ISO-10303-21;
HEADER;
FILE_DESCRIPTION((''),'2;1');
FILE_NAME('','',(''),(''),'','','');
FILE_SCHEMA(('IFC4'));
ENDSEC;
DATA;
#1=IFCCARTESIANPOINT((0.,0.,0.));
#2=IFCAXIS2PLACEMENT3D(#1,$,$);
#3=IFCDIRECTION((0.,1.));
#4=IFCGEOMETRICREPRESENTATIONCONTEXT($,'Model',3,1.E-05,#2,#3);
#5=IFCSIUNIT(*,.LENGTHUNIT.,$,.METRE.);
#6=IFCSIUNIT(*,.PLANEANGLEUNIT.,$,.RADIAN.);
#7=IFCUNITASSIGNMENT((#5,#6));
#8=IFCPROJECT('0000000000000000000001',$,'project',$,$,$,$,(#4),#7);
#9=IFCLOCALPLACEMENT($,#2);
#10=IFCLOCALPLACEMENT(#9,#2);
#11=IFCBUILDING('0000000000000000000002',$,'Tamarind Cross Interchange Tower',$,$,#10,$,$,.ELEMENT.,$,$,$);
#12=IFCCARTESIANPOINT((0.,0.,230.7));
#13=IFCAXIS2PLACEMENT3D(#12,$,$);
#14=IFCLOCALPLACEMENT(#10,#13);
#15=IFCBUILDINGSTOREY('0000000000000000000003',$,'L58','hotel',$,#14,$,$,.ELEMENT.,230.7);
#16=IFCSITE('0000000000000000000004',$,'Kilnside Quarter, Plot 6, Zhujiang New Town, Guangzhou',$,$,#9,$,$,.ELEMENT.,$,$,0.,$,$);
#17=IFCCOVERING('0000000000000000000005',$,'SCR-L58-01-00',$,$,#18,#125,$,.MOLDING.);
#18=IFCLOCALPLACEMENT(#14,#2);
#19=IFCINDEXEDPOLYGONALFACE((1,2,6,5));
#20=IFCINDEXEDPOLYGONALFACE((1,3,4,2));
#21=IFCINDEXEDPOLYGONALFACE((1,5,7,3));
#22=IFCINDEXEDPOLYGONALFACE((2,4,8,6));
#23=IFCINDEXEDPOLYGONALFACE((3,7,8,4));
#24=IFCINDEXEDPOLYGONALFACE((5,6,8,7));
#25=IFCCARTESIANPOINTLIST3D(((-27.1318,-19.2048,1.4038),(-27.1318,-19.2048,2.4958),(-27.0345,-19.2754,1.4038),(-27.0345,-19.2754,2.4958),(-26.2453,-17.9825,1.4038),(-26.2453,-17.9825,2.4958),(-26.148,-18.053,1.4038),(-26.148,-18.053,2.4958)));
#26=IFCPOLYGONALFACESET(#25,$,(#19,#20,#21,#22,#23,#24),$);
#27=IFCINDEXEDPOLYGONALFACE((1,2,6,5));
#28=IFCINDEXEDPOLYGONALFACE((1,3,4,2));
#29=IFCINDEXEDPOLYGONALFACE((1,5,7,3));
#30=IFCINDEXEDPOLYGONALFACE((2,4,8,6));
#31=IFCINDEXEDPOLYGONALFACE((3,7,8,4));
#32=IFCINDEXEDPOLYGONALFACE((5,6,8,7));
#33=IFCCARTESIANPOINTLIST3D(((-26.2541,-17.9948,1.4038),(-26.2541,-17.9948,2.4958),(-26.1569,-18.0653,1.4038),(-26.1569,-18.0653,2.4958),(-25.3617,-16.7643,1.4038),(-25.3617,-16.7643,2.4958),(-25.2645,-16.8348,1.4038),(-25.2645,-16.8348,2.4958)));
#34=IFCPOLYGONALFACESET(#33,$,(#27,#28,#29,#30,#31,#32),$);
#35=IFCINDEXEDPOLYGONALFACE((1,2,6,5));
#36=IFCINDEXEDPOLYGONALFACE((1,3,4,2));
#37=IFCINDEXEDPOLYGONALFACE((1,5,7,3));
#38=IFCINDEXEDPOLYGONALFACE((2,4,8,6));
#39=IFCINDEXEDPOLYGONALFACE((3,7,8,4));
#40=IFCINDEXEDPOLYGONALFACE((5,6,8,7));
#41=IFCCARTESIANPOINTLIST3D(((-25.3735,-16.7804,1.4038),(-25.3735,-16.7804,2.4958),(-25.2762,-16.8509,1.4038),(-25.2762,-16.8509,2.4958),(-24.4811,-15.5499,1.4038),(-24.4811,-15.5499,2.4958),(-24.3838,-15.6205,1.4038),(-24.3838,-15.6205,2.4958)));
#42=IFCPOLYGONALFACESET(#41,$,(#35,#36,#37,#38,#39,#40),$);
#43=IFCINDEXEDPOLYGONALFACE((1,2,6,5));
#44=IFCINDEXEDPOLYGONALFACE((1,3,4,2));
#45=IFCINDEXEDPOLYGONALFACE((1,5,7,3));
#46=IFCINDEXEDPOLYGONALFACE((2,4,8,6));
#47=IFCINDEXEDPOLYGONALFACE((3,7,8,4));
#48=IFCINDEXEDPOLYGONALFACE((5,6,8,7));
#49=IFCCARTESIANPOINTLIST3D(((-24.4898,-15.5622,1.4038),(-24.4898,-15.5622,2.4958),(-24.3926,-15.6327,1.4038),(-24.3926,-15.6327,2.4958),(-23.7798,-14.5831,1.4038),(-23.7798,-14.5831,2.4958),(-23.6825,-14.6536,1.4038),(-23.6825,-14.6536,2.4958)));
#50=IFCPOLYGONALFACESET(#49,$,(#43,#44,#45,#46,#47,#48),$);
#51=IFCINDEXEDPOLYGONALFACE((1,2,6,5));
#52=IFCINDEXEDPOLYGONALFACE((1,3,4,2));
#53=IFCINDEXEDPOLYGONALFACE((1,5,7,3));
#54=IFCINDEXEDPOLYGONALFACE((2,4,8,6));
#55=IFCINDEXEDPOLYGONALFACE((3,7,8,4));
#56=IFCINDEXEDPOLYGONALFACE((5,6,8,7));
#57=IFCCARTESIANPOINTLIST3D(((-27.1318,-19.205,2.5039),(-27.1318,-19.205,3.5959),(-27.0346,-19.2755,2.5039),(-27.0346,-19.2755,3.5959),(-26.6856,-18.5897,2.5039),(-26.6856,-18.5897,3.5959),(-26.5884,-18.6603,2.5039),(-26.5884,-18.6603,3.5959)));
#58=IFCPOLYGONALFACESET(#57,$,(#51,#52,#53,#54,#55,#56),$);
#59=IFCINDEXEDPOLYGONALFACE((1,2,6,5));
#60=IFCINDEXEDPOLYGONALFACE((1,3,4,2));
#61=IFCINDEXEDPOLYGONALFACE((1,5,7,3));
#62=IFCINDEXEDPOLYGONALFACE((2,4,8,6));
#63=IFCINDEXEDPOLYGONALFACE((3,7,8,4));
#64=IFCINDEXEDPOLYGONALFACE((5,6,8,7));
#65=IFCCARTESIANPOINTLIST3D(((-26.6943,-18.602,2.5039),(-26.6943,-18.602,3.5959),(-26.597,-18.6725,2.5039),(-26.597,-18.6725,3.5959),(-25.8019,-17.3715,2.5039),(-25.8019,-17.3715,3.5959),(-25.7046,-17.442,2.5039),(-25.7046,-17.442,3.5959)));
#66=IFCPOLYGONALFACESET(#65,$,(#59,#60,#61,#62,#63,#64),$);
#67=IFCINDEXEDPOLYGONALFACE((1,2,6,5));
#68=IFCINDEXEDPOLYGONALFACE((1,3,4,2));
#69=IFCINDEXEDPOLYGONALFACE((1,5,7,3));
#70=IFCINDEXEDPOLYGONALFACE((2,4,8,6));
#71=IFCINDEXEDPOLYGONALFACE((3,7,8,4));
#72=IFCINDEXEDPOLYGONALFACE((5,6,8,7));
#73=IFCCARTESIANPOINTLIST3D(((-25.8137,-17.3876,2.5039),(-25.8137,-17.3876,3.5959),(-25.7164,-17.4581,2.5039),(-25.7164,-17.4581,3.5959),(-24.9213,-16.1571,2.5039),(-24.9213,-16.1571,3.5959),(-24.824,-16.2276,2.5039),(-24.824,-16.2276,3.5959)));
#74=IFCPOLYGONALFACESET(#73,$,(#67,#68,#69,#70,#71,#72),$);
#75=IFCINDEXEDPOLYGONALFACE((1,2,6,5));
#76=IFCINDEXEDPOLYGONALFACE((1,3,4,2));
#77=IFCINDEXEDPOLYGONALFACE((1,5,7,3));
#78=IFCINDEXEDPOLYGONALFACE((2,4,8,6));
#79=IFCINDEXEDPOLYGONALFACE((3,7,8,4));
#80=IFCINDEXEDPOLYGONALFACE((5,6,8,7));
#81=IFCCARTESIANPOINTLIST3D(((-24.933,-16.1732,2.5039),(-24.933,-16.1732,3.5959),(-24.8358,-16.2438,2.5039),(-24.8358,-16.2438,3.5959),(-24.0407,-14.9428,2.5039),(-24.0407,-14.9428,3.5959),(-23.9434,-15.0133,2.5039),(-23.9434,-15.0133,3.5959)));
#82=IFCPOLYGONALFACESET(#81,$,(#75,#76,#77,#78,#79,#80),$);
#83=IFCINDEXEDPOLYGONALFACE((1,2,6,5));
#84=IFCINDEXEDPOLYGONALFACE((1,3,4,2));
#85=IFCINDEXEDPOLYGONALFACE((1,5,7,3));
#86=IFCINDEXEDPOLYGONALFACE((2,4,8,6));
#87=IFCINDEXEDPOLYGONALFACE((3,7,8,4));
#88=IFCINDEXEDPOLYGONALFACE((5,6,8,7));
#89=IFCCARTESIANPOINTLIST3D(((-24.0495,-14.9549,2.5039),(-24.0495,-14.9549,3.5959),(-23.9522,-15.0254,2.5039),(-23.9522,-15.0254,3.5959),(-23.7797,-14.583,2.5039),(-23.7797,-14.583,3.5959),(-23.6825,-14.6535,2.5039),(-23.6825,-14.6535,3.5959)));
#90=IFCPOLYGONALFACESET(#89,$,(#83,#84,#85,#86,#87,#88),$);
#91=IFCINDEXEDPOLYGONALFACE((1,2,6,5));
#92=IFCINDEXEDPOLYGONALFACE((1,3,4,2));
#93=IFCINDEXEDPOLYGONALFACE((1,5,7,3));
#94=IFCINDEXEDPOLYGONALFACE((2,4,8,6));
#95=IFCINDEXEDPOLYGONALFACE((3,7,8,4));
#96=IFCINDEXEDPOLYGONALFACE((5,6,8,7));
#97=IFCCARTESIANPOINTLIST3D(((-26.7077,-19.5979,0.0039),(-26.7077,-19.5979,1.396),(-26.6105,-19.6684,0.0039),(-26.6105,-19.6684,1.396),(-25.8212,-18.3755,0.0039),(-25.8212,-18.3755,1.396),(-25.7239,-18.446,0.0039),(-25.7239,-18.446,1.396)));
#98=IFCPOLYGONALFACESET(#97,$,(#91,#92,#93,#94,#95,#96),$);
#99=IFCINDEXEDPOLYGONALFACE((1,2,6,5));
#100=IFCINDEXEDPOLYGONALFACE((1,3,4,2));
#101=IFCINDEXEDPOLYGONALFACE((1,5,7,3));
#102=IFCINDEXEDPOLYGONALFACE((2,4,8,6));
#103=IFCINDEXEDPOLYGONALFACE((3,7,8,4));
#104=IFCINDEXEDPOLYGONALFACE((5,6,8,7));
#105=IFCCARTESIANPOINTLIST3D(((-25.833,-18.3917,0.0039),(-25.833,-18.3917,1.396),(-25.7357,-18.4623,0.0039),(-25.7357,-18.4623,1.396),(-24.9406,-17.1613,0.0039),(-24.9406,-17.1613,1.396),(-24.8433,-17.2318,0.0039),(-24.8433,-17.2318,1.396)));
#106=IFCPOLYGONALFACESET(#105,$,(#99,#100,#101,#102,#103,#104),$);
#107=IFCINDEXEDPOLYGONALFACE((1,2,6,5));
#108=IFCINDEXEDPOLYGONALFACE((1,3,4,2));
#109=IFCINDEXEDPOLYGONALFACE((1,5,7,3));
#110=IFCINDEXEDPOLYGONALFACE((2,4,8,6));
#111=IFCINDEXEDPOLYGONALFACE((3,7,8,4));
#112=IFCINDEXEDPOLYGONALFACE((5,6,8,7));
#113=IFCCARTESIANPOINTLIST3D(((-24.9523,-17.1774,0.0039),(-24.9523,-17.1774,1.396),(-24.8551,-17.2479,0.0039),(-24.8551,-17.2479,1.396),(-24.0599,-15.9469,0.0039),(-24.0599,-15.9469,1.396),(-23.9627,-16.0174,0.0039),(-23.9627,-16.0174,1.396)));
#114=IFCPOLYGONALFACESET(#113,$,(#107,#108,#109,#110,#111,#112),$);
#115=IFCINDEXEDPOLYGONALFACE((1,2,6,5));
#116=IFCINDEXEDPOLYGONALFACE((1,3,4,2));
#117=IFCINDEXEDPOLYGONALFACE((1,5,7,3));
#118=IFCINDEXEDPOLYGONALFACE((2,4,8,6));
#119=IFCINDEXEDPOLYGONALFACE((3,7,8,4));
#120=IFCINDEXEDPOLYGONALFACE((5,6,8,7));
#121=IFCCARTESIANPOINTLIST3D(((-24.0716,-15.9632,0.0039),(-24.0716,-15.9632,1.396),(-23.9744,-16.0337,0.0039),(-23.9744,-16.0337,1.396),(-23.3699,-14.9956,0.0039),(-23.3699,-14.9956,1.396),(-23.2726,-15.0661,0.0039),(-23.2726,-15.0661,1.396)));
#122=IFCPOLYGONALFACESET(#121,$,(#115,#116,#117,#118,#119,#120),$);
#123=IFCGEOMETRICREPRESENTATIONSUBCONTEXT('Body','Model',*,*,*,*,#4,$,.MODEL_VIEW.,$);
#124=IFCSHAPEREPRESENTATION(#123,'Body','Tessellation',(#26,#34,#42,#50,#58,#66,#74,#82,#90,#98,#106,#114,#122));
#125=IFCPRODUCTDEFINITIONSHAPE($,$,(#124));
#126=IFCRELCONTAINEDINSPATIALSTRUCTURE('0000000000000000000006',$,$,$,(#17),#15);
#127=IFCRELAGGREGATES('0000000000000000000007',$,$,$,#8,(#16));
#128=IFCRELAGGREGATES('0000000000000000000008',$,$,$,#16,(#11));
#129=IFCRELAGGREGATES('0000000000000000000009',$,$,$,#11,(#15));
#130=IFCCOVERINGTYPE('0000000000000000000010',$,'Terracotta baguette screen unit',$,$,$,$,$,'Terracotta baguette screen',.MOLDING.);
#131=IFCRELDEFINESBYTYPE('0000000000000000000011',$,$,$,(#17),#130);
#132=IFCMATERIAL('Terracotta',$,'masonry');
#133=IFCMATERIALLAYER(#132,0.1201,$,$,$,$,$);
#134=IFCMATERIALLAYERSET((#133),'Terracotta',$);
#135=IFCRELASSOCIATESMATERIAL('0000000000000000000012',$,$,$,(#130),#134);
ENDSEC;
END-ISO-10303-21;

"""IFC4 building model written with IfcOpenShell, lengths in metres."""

from ifc_helpers import new_model, si_unit, direction, frame, origin, origin_2d, place, context, subcontext, project, spatial, rectangle, extrude, material, layer, layer_set, type_object, element, save


model = new_model("IFC4")

# Units and contexts
model_context = context("Model", 3, precision=1e-05, world=origin(), true_north=direction((0.0, 1.0)))
body_context = subcontext(model_context, "Body", "Model", "MODEL_VIEW")
ifc_project = project(units=[si_unit("LENGTHUNIT", "METRE"), si_unit("PLANEANGLEUNIT", "RADIAN")], contexts=[model_context])

# Site, building, storey
site_placement = place(None, origin())
site = spatial("IfcSite", under=ifc_project, at=site_placement, Name="Kilnside Quarter, Plot 6, Zhujiang New Town, Guangzhou", CompositionType="ELEMENT", RefElevation=0.0)
building_placement = place(site_placement, origin())
building = spatial("IfcBuilding", under=site, at=building_placement, Name="Tamarind Cross Interchange Tower", CompositionType="ELEMENT")
storey_placement = place(building_placement, frame((0.0, 0.0, 230.7)))
storey = spatial("IfcBuildingStorey", under=building, at=storey_placement, Name="L58", Description="hotel", CompositionType="ELEMENT", Elevation=230.7)

# Covering
ifc_material_1 = material(Name="Terracotta", Category="masonry")
ifc_layer_1 = layer(ifc_material_1, 0.1201)
ifc_layer_set_1 = layer_set([ifc_layer_1], Name="Terracotta")
covering_type = type_object("IfcCoveringType", Name="Terracotta baguette screen unit", ElementType="Terracotta baguette screen", PredefinedType="MOLDING", material=ifc_layer_set_1)
covering_1_placement = place(storey_placement, origin())
element("IfcCovering", 1, at=covering_1_placement, inside=storey, type_object=covering_type, Name="SCR-L58-01-00", PredefinedType="MOLDING", context=body_context, shape_type="SweptSolid", body=[
    extrude(rectangle(XDim=1.51, YDim=0.1201, at=origin_2d()), frame((-26.6399, -18.6289, 1.4038), z_axis=(0.0, 0.0, 1.0), x_axis=(0.587096, 0.809517, 0.0)), (0.0, 0.0, 1.0), 1.092),
    extrude(rectangle(XDim=1.52, YDim=0.1201, at=origin_2d()), frame((-25.7593, -17.4148, 1.4038), z_axis=(0.0, 0.0, 1.0), x_axis=(0.587096, 0.809517, 0.0)), (0.0, 0.0, 1.0), 1.092),
    extrude(rectangle(XDim=1.52, YDim=0.1201, at=origin_2d()), frame((-24.8787, -16.2004, 1.4038), z_axis=(0.0, 0.0, 1.0), x_axis=(0.587096, 0.809517, 0.0)), (0.0, 0.0, 1.0), 1.092),
    extrude(rectangle(XDim=1.2095, YDim=0.1201, at=origin_2d()), frame((-24.0862, -15.1079, 1.4038), z_axis=(0.0, 0.0, 1.0), x_axis=(0.587096, 0.809517, 0.0)), (0.0, 0.0, 1.0), 1.092),
    extrude(rectangle(XDim=0.76, YDim=0.1201, at=origin_2d()), frame((-26.8601, -18.9326, 2.5039), z_axis=(0.0, 0.0, 1.0), x_axis=(0.587096, 0.809517, 0.0)), (0.0, 0.0, 1.0), 1.092),
    extrude(rectangle(XDim=1.52, YDim=0.1201, at=origin_2d()), frame((-26.1995, -18.022, 2.5039), z_axis=(0.0, 0.0, 1.0), x_axis=(0.587096, 0.809517, 0.0)), (0.0, 0.0, 1.0), 1.092),
    extrude(rectangle(XDim=1.52, YDim=0.1201, at=origin_2d()), frame((-25.3188, -16.8076, 2.5039), z_axis=(0.0, 0.0, 1.0), x_axis=(0.587096, 0.809517, 0.0)), (0.0, 0.0, 1.0), 1.092),
    extrude(rectangle(XDim=1.52, YDim=0.1201, at=origin_2d()), frame((-24.4382, -15.5933, 2.5039), z_axis=(0.0, 0.0, 1.0), x_axis=(0.587096, 0.809517, 0.0)), (0.0, 0.0, 1.0), 1.092),
    extrude(rectangle(XDim=0.4595, YDim=0.1201, at=origin_2d()), frame((-23.866, -14.8042, 2.5039), z_axis=(0.0, 0.0, 1.0), x_axis=(0.587096, 0.809517, 0.0)), (0.0, 0.0, 1.0), 1.092),
    extrude(rectangle(XDim=1.51, YDim=0.1201, at=origin_2d()), frame((-26.2158, -19.022, 0.0039), z_axis=(0.0, 0.0, 1.0), x_axis=(0.587096, 0.809517, 0.0)), (0.0, 0.0, 1.0), 1.3921),
    extrude(rectangle(XDim=1.52, YDim=0.1201, at=origin_2d()), frame((-25.3381, -17.8118, 0.0039), z_axis=(0.0, 0.0, 1.0), x_axis=(0.587096, 0.809517, 0.0)), (0.0, 0.0, 1.0), 1.3921),
    extrude(rectangle(XDim=1.52, YDim=0.1201, at=origin_2d()), frame((-24.4575, -16.5974, 0.0039), z_axis=(0.0, 0.0, 1.0), x_axis=(0.587096, 0.809517, 0.0)), (0.0, 0.0, 1.0), 1.3921),
    extrude(rectangle(XDim=1.1953, YDim=0.1201, at=origin_2d()), frame((-23.6721, -15.5146, 0.0039), z_axis=(0.0, 0.0, 1.0), x_axis=(0.587096, 0.809517, 0.0)), (0.0, 0.0, 1.0), 1.3921),
])

save(model, "model.ifc")
